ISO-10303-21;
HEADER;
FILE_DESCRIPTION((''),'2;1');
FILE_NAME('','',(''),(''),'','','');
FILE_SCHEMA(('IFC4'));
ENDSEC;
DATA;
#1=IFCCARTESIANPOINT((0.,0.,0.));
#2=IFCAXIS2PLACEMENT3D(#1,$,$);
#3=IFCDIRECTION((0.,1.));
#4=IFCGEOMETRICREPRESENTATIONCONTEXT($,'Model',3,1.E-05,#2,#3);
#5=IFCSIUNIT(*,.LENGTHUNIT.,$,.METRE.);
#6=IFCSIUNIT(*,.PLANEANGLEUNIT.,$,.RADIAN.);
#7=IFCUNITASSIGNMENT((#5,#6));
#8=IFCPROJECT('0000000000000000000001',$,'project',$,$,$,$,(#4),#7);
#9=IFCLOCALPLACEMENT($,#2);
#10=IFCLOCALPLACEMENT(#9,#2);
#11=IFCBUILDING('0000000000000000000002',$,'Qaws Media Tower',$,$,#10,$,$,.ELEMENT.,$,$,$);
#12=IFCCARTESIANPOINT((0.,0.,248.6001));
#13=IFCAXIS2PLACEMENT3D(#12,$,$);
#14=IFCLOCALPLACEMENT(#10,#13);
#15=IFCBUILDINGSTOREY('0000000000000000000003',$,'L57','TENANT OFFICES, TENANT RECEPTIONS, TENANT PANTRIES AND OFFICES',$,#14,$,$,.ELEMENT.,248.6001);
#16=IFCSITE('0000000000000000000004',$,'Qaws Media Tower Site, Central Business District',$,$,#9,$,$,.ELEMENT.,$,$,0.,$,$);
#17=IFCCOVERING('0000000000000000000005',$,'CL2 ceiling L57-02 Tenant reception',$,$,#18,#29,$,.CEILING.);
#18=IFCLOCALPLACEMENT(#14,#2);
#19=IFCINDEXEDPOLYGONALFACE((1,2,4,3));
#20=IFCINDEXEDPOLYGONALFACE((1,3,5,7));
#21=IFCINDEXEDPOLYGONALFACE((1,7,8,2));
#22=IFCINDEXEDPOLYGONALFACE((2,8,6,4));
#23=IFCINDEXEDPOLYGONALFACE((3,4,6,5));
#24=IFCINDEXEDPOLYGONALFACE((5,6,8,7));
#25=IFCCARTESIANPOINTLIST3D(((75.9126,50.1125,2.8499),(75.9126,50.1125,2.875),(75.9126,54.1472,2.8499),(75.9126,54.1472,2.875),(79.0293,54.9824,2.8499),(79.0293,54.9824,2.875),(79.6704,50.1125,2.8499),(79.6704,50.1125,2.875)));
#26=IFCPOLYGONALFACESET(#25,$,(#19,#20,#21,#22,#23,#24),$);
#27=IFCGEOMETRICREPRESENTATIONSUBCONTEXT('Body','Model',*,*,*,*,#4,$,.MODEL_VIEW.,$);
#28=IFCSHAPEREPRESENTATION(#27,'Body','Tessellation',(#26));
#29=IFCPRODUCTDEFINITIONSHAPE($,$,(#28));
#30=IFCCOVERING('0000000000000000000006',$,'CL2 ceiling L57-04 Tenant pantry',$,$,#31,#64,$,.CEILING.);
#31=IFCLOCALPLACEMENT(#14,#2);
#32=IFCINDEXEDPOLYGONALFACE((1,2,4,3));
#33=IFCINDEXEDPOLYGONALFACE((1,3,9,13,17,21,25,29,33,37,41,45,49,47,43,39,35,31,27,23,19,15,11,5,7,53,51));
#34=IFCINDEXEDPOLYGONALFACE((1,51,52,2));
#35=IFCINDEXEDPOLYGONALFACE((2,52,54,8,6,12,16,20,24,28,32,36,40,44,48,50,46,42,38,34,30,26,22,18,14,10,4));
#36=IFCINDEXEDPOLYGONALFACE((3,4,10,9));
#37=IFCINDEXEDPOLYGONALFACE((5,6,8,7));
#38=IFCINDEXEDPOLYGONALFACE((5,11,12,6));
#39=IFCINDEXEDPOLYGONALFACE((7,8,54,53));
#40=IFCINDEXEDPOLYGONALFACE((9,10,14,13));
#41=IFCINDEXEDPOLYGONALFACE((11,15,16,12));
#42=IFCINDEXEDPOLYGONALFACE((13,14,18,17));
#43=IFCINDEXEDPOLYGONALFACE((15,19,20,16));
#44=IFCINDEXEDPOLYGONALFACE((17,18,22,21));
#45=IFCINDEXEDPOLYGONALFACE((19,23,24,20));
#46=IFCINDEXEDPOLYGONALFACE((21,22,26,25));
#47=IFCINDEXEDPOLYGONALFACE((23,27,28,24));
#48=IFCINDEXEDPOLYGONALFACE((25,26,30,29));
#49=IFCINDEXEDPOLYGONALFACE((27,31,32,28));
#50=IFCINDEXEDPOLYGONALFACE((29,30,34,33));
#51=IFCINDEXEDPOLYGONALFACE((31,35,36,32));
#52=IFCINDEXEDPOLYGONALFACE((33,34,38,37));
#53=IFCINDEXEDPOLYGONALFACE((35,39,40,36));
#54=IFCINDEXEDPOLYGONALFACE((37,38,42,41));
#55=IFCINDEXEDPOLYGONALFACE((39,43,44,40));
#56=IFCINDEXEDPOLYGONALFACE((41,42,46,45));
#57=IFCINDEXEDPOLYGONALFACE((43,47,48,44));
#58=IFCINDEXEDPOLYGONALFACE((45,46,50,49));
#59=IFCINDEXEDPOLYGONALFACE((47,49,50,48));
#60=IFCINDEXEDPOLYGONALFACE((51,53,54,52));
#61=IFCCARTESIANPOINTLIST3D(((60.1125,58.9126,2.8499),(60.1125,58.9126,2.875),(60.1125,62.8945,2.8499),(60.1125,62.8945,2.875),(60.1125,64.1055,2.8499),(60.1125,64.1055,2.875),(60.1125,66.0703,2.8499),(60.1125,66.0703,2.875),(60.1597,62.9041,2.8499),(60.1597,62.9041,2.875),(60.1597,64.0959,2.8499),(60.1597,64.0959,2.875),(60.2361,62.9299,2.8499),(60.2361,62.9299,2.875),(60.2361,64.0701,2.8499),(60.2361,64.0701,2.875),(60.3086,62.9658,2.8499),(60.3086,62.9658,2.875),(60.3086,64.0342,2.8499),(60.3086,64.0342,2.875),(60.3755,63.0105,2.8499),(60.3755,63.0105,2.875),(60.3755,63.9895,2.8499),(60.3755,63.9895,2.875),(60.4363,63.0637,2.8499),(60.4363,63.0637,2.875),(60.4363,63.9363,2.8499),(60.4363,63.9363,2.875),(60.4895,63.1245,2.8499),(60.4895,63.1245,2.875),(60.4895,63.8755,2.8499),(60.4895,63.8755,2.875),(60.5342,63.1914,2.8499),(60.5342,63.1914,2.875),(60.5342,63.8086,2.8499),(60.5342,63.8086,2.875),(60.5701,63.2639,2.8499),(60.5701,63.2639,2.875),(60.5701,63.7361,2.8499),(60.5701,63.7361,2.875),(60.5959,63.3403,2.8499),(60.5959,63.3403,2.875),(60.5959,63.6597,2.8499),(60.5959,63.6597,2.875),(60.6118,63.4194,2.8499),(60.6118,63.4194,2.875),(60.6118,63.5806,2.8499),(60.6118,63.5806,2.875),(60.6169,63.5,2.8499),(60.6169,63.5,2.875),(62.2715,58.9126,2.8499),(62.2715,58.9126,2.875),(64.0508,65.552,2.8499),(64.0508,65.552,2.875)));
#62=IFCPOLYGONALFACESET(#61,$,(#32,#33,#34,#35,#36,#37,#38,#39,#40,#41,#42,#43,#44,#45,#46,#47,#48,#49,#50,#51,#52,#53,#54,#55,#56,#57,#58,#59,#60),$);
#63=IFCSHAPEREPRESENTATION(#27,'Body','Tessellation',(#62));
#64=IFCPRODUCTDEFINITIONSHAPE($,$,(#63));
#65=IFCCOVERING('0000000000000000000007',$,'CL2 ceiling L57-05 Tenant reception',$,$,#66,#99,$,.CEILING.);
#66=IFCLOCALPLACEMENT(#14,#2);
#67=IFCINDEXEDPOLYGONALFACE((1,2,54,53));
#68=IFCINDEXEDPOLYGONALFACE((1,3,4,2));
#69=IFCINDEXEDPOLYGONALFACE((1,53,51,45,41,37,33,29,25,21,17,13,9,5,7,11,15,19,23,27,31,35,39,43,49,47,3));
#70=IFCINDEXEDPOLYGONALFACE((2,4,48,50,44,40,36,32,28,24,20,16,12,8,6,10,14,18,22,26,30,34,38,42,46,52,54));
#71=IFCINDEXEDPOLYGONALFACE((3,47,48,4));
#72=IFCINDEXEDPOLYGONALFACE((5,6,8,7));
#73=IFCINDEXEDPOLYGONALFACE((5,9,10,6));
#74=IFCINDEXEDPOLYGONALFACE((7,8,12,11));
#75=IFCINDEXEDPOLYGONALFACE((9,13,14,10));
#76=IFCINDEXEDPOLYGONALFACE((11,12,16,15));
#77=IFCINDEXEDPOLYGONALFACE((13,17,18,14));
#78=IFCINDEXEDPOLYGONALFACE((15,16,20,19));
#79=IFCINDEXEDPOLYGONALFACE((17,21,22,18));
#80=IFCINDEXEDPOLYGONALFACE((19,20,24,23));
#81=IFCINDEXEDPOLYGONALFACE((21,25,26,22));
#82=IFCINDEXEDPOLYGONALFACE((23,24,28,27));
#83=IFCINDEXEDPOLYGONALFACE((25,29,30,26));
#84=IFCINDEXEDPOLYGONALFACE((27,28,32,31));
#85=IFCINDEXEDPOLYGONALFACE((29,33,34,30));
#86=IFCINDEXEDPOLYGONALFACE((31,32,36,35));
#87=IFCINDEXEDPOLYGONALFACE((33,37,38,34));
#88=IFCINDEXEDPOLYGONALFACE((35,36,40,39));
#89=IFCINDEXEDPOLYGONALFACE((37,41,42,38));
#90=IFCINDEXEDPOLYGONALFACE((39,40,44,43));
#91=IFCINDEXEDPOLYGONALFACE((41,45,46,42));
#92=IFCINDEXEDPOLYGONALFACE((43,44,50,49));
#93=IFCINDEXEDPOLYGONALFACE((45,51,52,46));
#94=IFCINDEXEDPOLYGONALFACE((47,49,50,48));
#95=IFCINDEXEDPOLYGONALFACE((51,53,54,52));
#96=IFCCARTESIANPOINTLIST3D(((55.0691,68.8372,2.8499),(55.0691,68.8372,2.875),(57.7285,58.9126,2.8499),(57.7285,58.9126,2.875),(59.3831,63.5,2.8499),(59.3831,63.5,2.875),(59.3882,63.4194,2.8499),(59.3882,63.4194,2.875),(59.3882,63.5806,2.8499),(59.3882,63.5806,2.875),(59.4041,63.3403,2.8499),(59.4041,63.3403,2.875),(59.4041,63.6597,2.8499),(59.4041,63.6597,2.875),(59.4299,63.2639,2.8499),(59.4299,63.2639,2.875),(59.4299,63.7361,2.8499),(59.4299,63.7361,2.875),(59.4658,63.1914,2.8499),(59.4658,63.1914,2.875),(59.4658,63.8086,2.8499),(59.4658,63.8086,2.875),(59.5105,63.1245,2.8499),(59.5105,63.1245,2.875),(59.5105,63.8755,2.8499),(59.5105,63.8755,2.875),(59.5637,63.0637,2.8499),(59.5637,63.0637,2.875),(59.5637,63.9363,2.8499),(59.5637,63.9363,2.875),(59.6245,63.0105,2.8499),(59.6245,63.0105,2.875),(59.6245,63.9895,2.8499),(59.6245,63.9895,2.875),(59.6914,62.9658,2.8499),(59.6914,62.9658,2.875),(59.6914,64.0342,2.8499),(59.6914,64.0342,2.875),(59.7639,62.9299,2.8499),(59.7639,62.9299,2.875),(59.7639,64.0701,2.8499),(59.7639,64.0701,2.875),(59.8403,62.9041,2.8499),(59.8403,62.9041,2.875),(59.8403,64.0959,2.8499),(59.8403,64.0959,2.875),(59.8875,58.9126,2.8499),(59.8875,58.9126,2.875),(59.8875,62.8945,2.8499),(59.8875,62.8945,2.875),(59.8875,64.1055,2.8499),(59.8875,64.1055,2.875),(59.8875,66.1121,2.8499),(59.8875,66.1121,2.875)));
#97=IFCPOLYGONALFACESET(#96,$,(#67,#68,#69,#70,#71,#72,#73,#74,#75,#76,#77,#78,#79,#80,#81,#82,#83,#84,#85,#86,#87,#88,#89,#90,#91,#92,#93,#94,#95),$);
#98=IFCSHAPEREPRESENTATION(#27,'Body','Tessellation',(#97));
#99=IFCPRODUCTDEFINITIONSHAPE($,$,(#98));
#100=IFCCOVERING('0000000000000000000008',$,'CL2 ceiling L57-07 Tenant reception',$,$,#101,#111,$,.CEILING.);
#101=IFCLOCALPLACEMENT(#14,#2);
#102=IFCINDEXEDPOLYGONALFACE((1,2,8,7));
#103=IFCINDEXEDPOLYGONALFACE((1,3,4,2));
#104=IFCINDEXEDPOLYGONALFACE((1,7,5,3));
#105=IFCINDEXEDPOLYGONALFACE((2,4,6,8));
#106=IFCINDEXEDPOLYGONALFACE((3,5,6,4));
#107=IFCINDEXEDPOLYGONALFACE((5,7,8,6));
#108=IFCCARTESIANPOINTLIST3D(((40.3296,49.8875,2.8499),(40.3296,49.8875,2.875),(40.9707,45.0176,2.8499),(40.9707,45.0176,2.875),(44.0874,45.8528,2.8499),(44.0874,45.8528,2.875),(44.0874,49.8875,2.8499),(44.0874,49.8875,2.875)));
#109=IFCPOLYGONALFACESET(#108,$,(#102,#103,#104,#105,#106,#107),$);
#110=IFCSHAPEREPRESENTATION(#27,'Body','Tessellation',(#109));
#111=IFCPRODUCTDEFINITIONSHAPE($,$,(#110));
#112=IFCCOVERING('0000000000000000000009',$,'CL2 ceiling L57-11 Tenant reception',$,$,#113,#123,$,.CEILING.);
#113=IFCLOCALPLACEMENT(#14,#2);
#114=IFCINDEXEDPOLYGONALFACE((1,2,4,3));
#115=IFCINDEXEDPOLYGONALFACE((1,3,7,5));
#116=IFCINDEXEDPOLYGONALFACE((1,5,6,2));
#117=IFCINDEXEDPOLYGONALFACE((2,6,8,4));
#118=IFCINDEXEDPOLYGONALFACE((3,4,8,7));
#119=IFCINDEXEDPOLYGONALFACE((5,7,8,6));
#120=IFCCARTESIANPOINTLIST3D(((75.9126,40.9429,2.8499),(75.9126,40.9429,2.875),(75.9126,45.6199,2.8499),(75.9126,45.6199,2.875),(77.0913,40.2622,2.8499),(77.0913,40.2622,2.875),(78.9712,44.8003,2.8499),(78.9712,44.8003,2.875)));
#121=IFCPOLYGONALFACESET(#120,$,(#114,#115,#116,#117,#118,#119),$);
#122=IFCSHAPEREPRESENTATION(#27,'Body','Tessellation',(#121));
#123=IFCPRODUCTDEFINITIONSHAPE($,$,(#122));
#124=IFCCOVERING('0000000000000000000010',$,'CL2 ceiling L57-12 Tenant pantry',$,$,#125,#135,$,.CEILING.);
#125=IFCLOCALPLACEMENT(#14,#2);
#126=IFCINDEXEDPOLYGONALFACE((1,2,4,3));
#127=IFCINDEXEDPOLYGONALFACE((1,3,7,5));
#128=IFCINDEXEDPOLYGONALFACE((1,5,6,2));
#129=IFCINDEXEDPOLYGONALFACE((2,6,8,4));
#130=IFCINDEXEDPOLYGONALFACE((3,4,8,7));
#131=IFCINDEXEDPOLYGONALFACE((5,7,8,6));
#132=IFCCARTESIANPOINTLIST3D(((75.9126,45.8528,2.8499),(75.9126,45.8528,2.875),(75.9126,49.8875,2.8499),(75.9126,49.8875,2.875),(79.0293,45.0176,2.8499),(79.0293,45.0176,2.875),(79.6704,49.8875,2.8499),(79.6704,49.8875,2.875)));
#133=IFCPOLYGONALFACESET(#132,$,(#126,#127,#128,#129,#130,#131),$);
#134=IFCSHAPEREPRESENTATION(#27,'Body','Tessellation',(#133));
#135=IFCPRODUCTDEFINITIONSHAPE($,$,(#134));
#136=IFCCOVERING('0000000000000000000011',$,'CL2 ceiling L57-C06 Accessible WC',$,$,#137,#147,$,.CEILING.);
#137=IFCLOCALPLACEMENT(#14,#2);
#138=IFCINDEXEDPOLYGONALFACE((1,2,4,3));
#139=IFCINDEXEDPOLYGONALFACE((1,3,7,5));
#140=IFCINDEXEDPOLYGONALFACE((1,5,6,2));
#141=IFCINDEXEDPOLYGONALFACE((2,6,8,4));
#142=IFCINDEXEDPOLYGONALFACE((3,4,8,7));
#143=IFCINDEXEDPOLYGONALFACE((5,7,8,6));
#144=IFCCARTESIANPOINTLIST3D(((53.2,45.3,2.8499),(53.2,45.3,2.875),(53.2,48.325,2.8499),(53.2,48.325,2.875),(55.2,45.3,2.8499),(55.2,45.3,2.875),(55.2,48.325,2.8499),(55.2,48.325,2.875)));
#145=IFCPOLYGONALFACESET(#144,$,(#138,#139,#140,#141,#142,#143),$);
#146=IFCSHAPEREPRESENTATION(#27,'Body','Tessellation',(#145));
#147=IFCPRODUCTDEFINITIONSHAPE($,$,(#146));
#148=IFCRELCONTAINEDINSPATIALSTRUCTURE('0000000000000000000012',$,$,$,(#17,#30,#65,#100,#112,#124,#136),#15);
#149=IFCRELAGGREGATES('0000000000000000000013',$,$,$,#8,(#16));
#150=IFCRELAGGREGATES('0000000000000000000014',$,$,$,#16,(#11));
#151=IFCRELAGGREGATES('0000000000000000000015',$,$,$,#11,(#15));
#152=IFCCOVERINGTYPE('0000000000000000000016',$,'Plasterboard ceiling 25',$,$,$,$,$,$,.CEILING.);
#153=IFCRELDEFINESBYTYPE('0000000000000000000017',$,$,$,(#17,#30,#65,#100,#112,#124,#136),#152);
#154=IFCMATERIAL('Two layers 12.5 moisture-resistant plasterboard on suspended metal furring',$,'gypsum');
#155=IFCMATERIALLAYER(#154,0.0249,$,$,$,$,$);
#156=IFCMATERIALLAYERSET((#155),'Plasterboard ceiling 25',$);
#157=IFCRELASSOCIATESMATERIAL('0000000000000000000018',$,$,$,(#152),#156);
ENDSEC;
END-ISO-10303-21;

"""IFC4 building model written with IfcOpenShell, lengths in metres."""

from ifc_helpers import new_model, si_unit, direction, frame, origin, place, context, subcontext, project, spatial, polyline, outline, extrude, material, layer, layer_set, type_object, element, save


model = new_model("IFC4")

# Units and contexts
model_context = context("Model", 3, precision=1e-05, world=origin(), true_north=direction((0.0, 1.0)))
body_context = subcontext(model_context, "Body", "Model", "MODEL_VIEW")
ifc_project = project(units=[si_unit("LENGTHUNIT", "METRE"), si_unit("PLANEANGLEUNIT", "RADIAN")], contexts=[model_context])

# Site, building, storey
site_placement = place(None, origin())
site = spatial("IfcSite", under=ifc_project, at=site_placement, Name="Qaws Media Tower Site, Central Business District", CompositionType="ELEMENT", RefElevation=0.0)
building_placement = place(site_placement, origin())
building = spatial("IfcBuilding", under=site, at=building_placement, Name="Qaws Media Tower", CompositionType="ELEMENT")
storey_placement = place(building_placement, frame((0.0, 0.0, 248.6001)))
storey = spatial("IfcBuildingStorey", under=building, at=storey_placement, Name="L57", Description="TENANT OFFICES, TENANT RECEPTIONS, TENANT PANTRIES AND OFFICES", CompositionType="ELEMENT", Elevation=248.6001)

# Coverings
ifc_material_1 = material(Name="Two layers 12.5 moisture-resistant plasterboard on suspended metal furring", Category="gypsum")
ifc_layer_1 = layer(ifc_material_1, 0.0249)
ifc_layer_set_1 = layer_set([ifc_layer_1], Name="Plasterboard ceiling 25")
covering_type_1 = type_object("IfcCoveringType", Name="Plasterboard ceiling 25", PredefinedType="CEILING", material=ifc_layer_set_1)
covering_1_placement = place(storey_placement, frame((0.0, 0.0, 2.8499)))
element("IfcCovering", 1, at=covering_1_placement, inside=storey, type_object=covering_type_1, Name="CL2 ceiling L57-02 Tenant reception", PredefinedType="CEILING", context=body_context, shape_type="SweptSolid", body=[
    extrude(outline(polyline([(79.6704, 50.1125), (75.9126, 50.1125), (75.9126, 54.1472), (79.0293, 54.9824), (79.6704, 50.1125)])), origin(), (0.0, 0.0, 1.0), 0.0251),
])
covering_2_placement = place(storey_placement, frame((0.0, 0.0, 2.8499)))
element("IfcCovering", 2, at=covering_2_placement, inside=storey, type_object=covering_type_1, Name="CL2 ceiling L57-04 Tenant pantry", PredefinedType="CEILING", context=body_context, shape_type="SweptSolid", body=[
    extrude(outline(polyline([(64.0508, 65.552), (62.2715, 58.9126), (60.1125, 58.9126), (60.1125, 62.8945), (60.1597, 62.9041), (60.2361, 62.9299), (60.3086, 62.9658), (60.3755, 63.0105), (60.4363, 63.0637), (60.4895, 63.1245), (60.5342, 63.1914), (60.5701, 63.2639), (60.5959, 63.3403), (60.6118, 63.4194), (60.6169, 63.5), (60.6118, 63.5806), (60.5959, 63.6597), (60.5701, 63.7361), (60.5342, 63.8086), (60.4895, 63.8755), (60.4363, 63.9363), (60.3755, 63.9895), (60.3086, 64.0342), (60.2361, 64.0701), (60.1597, 64.0959), (60.1125, 64.1055), (60.1125, 66.0703), (64.0508, 65.552)])), origin(), (0.0, 0.0, 1.0), 0.0251),
])
covering_3_placement = place(storey_placement, frame((0.0, 0.0, 2.8499)))
element("IfcCovering", 3, at=covering_3_placement, inside=storey, type_object=covering_type_1, Name="CL2 ceiling L57-05 Tenant reception", PredefinedType="CEILING", context=body_context, shape_type="SweptSolid", body=[
    extrude(outline(polyline([(59.8875, 66.1121), (59.8875, 64.1055), (59.8403, 64.0959), (59.7639, 64.0701), (59.6914, 64.0342), (59.6245, 63.9895), (59.5637, 63.9363), (59.5105, 63.8755), (59.4658, 63.8086), (59.4299, 63.7361), (59.4041, 63.6597), (59.3882, 63.5806), (59.3831, 63.5), (59.3882, 63.4194), (59.4041, 63.3403), (59.4299, 63.2639), (59.4658, 63.1914), (59.5105, 63.1245), (59.5637, 63.0637), (59.6245, 63.0105), (59.6914, 62.9658), (59.7639, 62.9299), (59.8403, 62.9041), (59.8875, 62.8945), (59.8875, 58.9126), (57.7285, 58.9126), (55.0691, 68.8372), (59.8875, 66.1121)])), origin(), (0.0, 0.0, 1.0), 0.0251),
])
covering_4_placement = place(storey_placement, frame((0.0, 0.0, 2.8499)))
element("IfcCovering", 4, at=covering_4_placement, inside=storey, type_object=covering_type_1, Name="CL2 ceiling L57-07 Tenant reception", PredefinedType="CEILING", context=body_context, shape_type="SweptSolid", body=[
    extrude(outline(polyline([(40.3296, 49.8875), (44.0874, 49.8875), (44.0874, 45.8528), (40.9707, 45.0176), (40.3296, 49.8875)])), origin(), (0.0, 0.0, 1.0), 0.0251),
])
covering_5_placement = place(storey_placement, frame((0.0, 0.0, 2.8499)))
element("IfcCovering", 5, at=covering_5_placement, inside=storey, type_object=covering_type_1, Name="CL2 ceiling L57-11 Tenant reception", PredefinedType="CEILING", context=body_context, shape_type="SweptSolid", body=[
    extrude(outline(polyline([(77.0913, 40.2622), (75.9126, 40.9429), (75.9126, 45.6199), (78.9712, 44.8003), (77.0913, 40.2622)])), origin(), (0.0, 0.0, 1.0), 0.0251),
])
covering_6_placement = place(storey_placement, frame((0.0, 0.0, 2.8499)))
element("IfcCovering", 6, at=covering_6_placement, inside=storey, type_object=covering_type_1, Name="CL2 ceiling L57-12 Tenant pantry", PredefinedType="CEILING", context=body_context, shape_type="SweptSolid", body=[
    extrude(outline(polyline([(79.0293, 45.0176), (75.9126, 45.8528), (75.9126, 49.8875), (79.6704, 49.8875), (79.0293, 45.0176)])), origin(), (0.0, 0.0, 1.0), 0.0251),
])
covering_7_placement = place(storey_placement, frame((0.0, 0.0, 2.8499)))
element("IfcCovering", 7, at=covering_7_placement, inside=storey, type_object=covering_type_1, Name="CL2 ceiling L57-C06 Accessible WC", PredefinedType="CEILING", context=body_context, shape_type="SweptSolid", body=[
    extrude(outline(polyline([(53.2, 45.3), (53.2, 48.325), (55.2, 48.325), (55.2, 45.3), (53.2, 45.3)])), origin(), (0.0, 0.0, 1.0), 0.0251),
])

save(model, "model.ifc")
